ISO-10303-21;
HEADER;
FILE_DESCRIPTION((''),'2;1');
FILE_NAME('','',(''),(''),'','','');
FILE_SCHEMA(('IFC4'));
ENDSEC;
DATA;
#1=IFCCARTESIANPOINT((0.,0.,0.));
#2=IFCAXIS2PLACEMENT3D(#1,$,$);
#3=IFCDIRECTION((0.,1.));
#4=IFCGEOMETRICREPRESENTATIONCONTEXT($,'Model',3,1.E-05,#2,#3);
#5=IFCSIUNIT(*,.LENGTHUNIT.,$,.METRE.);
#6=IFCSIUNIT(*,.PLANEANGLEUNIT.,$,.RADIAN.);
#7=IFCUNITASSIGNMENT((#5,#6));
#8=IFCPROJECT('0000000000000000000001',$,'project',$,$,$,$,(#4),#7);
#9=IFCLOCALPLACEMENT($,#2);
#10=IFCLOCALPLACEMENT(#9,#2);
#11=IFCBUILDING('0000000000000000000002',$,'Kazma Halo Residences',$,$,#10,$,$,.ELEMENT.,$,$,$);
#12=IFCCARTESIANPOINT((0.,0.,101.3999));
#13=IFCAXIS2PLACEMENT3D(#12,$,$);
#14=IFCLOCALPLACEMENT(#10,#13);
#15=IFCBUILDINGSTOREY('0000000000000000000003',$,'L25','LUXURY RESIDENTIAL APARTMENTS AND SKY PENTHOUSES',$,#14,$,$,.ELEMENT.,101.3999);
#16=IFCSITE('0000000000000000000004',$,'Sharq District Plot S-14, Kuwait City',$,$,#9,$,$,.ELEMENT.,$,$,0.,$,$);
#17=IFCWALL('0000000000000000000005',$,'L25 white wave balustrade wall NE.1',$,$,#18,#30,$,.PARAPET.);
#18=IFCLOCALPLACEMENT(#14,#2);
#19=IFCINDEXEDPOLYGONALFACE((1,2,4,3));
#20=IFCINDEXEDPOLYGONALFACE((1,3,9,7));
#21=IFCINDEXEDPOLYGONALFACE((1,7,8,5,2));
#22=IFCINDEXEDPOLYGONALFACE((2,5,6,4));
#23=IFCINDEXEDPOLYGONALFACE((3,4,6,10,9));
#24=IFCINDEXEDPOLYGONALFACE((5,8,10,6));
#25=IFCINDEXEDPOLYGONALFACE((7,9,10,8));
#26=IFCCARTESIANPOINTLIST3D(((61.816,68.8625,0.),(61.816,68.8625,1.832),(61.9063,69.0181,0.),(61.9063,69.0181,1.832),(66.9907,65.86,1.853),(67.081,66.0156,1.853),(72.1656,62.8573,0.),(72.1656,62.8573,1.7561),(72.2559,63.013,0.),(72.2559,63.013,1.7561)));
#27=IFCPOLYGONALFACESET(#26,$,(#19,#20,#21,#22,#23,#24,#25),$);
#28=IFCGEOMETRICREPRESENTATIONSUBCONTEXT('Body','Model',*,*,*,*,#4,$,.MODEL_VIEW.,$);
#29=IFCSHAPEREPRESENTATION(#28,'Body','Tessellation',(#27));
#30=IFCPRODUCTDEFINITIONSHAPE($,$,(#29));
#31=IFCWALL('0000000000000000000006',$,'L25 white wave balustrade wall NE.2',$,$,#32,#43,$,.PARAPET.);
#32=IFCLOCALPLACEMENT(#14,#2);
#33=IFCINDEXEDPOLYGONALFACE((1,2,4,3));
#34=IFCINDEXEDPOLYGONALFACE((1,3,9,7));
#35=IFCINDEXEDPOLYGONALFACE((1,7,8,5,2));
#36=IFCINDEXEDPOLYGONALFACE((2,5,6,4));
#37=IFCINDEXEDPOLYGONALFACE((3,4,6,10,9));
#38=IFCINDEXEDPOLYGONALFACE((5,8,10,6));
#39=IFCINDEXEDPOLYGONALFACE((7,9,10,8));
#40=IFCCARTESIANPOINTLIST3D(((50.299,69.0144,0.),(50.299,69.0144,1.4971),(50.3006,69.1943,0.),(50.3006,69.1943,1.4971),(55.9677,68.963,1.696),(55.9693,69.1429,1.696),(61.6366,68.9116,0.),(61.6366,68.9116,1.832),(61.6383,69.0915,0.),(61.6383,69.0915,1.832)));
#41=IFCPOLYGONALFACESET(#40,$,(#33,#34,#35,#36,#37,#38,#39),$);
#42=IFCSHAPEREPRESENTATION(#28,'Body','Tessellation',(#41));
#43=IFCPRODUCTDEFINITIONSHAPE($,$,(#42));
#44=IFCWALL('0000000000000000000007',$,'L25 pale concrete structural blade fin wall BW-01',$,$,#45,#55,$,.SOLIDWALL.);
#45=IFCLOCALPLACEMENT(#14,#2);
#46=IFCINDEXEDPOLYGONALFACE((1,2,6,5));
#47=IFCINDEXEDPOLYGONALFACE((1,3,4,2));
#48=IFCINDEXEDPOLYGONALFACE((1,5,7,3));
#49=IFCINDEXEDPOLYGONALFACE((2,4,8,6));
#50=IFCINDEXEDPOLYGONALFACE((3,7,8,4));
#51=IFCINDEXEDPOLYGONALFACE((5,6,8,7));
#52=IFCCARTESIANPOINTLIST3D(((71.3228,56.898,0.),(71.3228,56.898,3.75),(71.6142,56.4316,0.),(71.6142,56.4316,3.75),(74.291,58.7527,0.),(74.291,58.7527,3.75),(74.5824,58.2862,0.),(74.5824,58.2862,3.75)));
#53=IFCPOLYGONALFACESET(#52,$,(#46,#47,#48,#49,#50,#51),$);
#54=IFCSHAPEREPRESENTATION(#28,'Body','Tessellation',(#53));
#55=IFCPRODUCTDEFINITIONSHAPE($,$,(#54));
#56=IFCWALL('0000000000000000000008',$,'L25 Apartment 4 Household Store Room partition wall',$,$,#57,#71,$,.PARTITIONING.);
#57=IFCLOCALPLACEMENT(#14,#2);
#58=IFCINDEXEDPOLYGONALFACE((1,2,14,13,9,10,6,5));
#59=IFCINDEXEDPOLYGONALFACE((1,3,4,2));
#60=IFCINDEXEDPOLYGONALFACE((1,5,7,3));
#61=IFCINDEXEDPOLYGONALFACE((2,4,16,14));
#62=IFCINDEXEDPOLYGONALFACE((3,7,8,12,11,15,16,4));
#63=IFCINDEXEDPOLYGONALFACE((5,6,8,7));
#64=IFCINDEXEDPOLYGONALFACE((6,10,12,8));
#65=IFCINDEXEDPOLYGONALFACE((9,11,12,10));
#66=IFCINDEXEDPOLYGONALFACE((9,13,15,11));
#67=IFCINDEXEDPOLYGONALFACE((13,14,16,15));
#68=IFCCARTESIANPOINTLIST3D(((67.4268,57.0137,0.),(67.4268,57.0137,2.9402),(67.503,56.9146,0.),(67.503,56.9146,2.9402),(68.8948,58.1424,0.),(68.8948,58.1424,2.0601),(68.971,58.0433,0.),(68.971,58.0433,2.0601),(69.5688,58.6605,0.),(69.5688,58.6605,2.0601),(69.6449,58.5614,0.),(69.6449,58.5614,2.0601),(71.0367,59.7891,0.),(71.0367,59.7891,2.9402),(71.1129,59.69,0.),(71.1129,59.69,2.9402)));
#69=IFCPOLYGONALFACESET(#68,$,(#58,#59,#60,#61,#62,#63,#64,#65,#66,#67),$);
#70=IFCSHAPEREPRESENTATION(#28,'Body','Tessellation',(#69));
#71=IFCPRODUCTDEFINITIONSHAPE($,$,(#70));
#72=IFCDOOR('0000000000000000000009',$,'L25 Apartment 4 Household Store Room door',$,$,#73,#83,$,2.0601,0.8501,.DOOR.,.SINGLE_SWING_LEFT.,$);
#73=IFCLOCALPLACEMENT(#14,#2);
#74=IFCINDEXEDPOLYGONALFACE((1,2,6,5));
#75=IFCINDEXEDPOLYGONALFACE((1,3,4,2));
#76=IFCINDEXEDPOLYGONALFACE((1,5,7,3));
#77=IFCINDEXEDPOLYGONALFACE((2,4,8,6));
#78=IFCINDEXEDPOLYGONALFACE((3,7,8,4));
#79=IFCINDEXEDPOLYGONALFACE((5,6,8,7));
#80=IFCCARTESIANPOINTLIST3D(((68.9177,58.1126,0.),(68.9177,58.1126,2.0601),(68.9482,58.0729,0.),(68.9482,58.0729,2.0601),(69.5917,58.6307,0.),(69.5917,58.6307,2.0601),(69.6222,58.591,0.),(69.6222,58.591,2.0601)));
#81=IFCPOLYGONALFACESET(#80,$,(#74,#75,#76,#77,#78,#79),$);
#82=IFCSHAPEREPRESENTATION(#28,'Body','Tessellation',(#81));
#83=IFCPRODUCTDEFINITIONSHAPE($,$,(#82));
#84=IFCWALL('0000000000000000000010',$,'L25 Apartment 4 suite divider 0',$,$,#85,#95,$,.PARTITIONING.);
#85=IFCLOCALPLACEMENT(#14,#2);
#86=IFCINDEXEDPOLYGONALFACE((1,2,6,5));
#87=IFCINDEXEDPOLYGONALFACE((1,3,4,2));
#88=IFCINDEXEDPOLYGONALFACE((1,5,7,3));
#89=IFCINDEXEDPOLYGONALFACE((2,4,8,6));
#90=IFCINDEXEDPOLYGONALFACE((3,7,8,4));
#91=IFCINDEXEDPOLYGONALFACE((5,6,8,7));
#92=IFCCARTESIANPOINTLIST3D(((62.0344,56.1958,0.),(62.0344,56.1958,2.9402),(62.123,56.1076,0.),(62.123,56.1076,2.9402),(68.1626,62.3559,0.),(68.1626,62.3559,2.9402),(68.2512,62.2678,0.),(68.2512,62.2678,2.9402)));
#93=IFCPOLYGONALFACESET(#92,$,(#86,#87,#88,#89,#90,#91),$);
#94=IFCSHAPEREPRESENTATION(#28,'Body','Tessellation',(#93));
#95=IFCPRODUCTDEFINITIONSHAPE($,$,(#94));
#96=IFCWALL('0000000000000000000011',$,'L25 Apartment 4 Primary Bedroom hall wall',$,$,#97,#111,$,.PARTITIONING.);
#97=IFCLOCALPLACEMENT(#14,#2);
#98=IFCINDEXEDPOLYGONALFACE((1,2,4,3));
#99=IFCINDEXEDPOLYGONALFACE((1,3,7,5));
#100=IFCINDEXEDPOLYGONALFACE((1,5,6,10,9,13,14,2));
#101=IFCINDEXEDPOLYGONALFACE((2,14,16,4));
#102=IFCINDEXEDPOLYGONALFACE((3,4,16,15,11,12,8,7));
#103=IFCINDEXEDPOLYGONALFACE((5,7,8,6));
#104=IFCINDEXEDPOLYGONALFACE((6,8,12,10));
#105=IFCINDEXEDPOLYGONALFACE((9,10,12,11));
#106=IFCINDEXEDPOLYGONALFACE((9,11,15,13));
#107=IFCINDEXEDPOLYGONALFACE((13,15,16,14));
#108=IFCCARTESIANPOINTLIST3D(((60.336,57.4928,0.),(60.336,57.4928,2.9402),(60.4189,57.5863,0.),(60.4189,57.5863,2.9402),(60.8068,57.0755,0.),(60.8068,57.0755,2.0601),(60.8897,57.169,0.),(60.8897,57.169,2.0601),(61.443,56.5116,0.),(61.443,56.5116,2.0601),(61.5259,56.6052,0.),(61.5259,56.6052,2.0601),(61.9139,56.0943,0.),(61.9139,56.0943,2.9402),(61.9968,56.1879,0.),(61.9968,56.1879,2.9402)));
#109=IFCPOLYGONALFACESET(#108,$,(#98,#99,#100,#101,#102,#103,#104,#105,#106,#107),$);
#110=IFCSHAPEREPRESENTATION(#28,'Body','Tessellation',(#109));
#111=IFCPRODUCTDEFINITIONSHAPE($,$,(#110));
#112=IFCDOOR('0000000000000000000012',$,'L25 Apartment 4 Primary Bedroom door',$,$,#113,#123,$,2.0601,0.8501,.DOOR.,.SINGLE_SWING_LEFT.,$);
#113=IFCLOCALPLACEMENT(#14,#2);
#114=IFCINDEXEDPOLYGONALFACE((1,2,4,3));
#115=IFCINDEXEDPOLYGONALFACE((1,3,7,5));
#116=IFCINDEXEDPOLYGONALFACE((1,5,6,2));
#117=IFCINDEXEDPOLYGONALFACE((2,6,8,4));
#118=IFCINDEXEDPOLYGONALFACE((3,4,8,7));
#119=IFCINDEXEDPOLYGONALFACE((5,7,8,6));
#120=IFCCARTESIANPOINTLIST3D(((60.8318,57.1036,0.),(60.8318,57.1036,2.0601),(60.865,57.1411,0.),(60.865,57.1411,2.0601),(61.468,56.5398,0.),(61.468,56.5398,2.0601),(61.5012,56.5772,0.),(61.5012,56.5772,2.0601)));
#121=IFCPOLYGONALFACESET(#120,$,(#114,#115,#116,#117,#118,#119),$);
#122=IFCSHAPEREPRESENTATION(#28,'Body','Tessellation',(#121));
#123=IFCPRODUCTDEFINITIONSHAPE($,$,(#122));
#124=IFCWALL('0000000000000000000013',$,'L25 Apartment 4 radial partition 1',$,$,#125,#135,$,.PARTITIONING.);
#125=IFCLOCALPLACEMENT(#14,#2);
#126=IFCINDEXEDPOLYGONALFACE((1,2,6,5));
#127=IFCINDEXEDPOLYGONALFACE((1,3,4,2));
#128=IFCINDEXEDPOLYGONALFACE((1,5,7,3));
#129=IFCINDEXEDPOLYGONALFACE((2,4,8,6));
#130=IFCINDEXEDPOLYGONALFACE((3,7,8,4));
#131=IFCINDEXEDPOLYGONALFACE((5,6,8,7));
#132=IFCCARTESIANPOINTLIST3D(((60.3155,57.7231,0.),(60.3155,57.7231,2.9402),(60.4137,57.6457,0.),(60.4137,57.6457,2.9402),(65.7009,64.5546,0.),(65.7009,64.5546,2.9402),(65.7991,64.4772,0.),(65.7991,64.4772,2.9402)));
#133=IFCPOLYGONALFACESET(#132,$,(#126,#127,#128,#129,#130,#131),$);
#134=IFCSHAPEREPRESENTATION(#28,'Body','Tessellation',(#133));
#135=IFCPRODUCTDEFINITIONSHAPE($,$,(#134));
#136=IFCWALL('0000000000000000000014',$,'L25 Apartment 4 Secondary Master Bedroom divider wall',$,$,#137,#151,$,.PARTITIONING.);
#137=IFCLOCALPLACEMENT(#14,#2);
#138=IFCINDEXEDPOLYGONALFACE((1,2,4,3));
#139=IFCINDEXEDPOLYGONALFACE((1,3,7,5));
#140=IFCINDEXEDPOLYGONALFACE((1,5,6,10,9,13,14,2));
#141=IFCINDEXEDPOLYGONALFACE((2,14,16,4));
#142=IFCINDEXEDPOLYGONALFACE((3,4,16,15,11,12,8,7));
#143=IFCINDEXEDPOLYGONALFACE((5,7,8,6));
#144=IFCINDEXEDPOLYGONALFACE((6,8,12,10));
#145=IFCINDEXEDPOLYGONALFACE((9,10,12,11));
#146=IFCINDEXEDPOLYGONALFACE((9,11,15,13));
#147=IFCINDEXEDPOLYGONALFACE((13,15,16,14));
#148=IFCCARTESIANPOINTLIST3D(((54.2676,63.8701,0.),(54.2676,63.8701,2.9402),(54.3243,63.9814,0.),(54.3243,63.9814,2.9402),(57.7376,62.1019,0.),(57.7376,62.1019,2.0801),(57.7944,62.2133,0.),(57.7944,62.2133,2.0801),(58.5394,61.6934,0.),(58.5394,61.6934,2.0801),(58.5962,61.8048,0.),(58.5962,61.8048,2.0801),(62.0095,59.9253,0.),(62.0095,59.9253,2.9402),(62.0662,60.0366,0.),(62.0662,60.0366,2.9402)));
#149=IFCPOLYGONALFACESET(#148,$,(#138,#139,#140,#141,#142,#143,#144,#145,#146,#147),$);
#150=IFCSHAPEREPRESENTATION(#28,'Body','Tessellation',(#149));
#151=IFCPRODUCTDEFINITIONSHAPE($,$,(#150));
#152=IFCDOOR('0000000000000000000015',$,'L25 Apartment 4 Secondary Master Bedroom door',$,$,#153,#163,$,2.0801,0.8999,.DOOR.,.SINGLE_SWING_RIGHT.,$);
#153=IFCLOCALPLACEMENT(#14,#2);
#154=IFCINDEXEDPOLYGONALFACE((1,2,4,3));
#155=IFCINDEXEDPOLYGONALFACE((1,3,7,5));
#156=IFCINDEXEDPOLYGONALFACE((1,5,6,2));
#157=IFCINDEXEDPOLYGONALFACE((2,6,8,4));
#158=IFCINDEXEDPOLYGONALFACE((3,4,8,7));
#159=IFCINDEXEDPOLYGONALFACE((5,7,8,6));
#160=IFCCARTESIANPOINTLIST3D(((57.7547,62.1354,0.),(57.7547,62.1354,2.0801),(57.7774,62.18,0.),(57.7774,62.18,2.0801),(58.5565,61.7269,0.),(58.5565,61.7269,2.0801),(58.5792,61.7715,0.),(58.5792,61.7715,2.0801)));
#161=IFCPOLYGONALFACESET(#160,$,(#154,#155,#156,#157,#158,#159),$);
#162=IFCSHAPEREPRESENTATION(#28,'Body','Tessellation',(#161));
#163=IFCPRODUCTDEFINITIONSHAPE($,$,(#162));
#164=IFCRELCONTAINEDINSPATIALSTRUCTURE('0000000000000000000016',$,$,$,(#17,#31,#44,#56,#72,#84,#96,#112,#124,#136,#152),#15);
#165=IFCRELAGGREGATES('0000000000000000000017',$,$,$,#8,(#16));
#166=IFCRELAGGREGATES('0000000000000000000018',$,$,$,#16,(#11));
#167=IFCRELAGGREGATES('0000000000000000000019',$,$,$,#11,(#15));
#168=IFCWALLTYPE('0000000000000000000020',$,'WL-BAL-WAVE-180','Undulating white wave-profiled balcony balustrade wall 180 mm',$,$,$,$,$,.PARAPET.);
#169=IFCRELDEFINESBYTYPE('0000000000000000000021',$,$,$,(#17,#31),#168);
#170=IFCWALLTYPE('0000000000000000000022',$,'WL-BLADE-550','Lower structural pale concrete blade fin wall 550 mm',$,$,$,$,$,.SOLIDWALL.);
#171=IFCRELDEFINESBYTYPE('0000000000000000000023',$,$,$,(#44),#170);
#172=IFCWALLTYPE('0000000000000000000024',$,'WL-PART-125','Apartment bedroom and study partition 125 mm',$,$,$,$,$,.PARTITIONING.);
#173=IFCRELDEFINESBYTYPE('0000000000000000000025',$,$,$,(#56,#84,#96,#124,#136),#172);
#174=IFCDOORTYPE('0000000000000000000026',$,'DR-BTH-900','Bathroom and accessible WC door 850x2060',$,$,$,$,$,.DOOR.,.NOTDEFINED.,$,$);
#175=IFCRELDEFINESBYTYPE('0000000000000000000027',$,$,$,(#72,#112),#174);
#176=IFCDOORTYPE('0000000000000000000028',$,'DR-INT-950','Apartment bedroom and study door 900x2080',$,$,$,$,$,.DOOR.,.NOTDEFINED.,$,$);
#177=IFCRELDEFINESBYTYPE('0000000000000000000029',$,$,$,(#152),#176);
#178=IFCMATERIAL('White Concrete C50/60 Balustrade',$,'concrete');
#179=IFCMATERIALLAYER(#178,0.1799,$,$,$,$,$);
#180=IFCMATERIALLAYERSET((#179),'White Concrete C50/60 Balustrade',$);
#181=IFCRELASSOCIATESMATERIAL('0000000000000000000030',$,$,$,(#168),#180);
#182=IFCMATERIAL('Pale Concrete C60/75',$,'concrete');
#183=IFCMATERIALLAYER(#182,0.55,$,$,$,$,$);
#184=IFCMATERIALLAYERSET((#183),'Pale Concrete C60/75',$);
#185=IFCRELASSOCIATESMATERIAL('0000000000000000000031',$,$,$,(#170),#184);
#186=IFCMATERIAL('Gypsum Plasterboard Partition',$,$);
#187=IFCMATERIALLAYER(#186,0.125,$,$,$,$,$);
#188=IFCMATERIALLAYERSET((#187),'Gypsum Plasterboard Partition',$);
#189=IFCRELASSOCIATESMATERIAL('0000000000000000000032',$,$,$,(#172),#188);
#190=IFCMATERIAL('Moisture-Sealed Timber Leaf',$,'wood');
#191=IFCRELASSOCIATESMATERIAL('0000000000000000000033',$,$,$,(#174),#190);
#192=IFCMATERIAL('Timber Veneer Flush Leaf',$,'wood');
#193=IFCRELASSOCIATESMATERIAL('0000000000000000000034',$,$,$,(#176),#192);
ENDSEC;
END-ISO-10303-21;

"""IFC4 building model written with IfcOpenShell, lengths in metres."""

from ifc_helpers import new_model, si_unit, direction, frame, frame_2d, origin, place, context, subcontext, project, spatial, polyline, rectangle, outline, extrude, material, layer, layer_set, type_object, element, fill, save


model = new_model("IFC4")

# Units and contexts
model_context = context("Model", 3, precision=1e-05, world=origin(), true_north=direction((0.0, 1.0)))
body_context = subcontext(model_context, "Body", "Model", "MODEL_VIEW")
ifc_project = project(units=[si_unit("LENGTHUNIT", "METRE"), si_unit("PLANEANGLEUNIT", "RADIAN")], contexts=[model_context])

# Site, building, storey
site_placement = place(None, origin())
site = spatial("IfcSite", under=ifc_project, at=site_placement, Name="Sharq District Plot S-14, Kuwait City", CompositionType="ELEMENT", RefElevation=0.0)
building_placement = place(site_placement, origin())
building = spatial("IfcBuilding", under=site, at=building_placement, Name="Kazma Halo Residences", CompositionType="ELEMENT")
storey_placement = place(building_placement, frame((0.0, 0.0, 101.3999)))
storey = spatial("IfcBuildingStorey", under=building, at=storey_placement, Name="L25", Description="LUXURY RESIDENTIAL APARTMENTS AND SKY PENTHOUSES", CompositionType="ELEMENT", Elevation=101.3999)

# Walls
ifc_material_1 = material(Name="White Concrete C50/60 Balustrade", Category="concrete")
ifc_layer_1 = layer(ifc_material_1, 0.1799)
ifc_layer_set_1 = layer_set([ifc_layer_1], Name="White Concrete C50/60 Balustrade")
wall_type_1 = type_object("IfcWallType", Name="WL-BAL-WAVE-180", Description="Undulating white wave-profiled balcony balustrade wall 180 mm", PredefinedType="PARAPET", material=ifc_layer_set_1)
wall_1_placement = place(storey_placement, frame((72.2107, 62.9351, 0.0), z_axis=(0.0, 0.0, 1.0), x_axis=(-0.864946, 0.501865, 0.0)))
element("IfcWall", 1, at=wall_1_placement, inside=storey, type_object=wall_type_1, Name="L25 white wave balustrade wall NE.1", PredefinedType="PARAPET", context=body_context, shape_type="SweptSolid", body=[
    extrude(outline(polyline([(0.0, 0.0), (11.9656, 0.0), (11.9656, 1.832), (5.9829, 1.853), (0.0, 1.7561), (0.0, 0.0)])), frame((0.0, 0.0898, 0.0), z_axis=(0.0, -1.0, 0.0), x_axis=(1.0, 0.0, 0.0)), (0.0, 0.0, 1.0), 0.1799),
])
wall_2_placement = place(storey_placement, frame((61.6375, 69.0015, 0.0), z_axis=(0.0, 0.0, 1.0), x_axis=(-0.999959, 0.009065, 0.0)))
element("IfcWall", 2, at=wall_2_placement, inside=storey, type_object=wall_type_1, Name="L25 white wave balustrade wall NE.2", PredefinedType="PARAPET", context=body_context, shape_type="SweptSolid", body=[
    extrude(outline(polyline([(0.0, 0.0), (11.3381, 0.0), (11.3381, 1.4971), (5.6692, 1.696), (0.0, 1.832), (0.0, 0.0)])), frame((0.0, 0.0898, 0.0), z_axis=(0.0, -1.0, 0.0), x_axis=(1.0, 0.0, 0.0)), (0.0, 0.0, 1.0), 0.1799),
])
ifc_material_2 = material(Name="Pale Concrete C60/75", Category="concrete")
ifc_layer_2 = layer(ifc_material_2, 0.55)
ifc_layer_set_2 = layer_set([ifc_layer_2], Name="Pale Concrete C60/75")
wall_type_2 = type_object("IfcWallType", Name="WL-BLADE-550", Description="Lower structural pale concrete blade fin wall 550 mm", PredefinedType="SOLIDWALL", material=ifc_layer_set_2)
wall_3_placement = place(storey_placement, frame((71.4685, 56.6648, 0.0), z_axis=(0.0, 0.0, 1.0), x_axis=(0.848053, 0.529911, 0.0)))
element("IfcWall", 3, at=wall_3_placement, inside=storey, type_object=wall_type_2, Name="L25 pale concrete structural blade fin wall BW-01", PredefinedType="SOLIDWALL", context=body_context, shape_type="SweptSolid", body=[
    extrude(rectangle(XDim=3.5, YDim=0.55, at=frame_2d((1.75, 0.0))), origin(), (0.0, 0.0, 1.0), 3.75),
])

# Wall, opening, door
ifc_material_3 = material(Name="Gypsum Plasterboard Partition")
ifc_layer_3 = layer(ifc_material_3, 0.125)
ifc_layer_set_3 = layer_set([ifc_layer_3], Name="Gypsum Plasterboard Partition")
wall_type_3 = type_object("IfcWallType", Name="WL-PART-125", Description="Apartment bedroom and study partition 125 mm", PredefinedType="PARTITIONING", material=ifc_layer_set_3)
wall_4_placement = place(storey_placement, frame((67.4648, 56.9641, 0.0), z_axis=(0.0, 0.0, 1.0), x_axis=(0.792775, 0.609514, 0.0)))
wall_4 = element("IfcWall", 4, at=wall_4_placement, inside=storey, type_object=wall_type_3, Name="L25 Apartment 4 Household Store Room partition wall", PredefinedType="PARTITIONING", context=body_context, shape_type="SweptSolid", body=[
    extrude(rectangle(XDim=4.5535, YDim=0.125, at=frame_2d((2.2769, 0.0))), origin(), (0.0, 0.0, 1.0), 2.9402),
])
opening_1_placement = place(wall_4_placement, frame((1.8518, 0.0, 0.0)))
opening_1 = element("IfcOpeningElement", 5, at=opening_1_placement, cuts=wall_4, PredefinedType="OPENING", context=body_context, shape_type="SweptSolid", body=[
    extrude(rectangle(XDim=0.8501, YDim=2.0601, at=frame_2d((0.425, 1.03))), frame((0.0, 0.0725, 0.0), z_axis=(0.0, -1.0, 0.0), x_axis=(1.0, 0.0, 0.0)), (0.0, 0.0, 1.0), 0.145),
])
ifc_material_4 = material(Name="Moisture-Sealed Timber Leaf", Category="wood")
door_type_1 = type_object("IfcDoorType", Name="DR-BTH-900", Description="Bathroom and accessible WC door 850x2060", OperationType="NOTDEFINED", PredefinedType="DOOR", material=ifc_material_4)
door_1_placement = place(opening_1_placement, origin())
door_1 = element("IfcDoor", 6, at=door_1_placement, inside=storey, type_object=door_type_1, Name="L25 Apartment 4 Household Store Room door", OperationType="SINGLE_SWING_LEFT", OverallHeight=2.0601, OverallWidth=0.8501, PredefinedType="DOOR", context=body_context, shape_type="SweptSolid", body=[
    extrude(rectangle(XDim=0.8501, YDim=2.0601, at=frame_2d((0.425, 1.03))), frame((0.0, 0.0249, 0.0), z_axis=(0.0, -1.0, 0.0), x_axis=(1.0, 0.0, 0.0)), (0.0, 0.0, 1.0), 0.05),
])
fill(opening_1, door_1)

# Wall
wall_5_placement = place(storey_placement, frame((62.0786, 56.1516, 0.0), z_axis=(0.0, 0.0, 1.0), x_axis=(0.705264, 0.708945, 0.0)))
element("IfcWall", 7, at=wall_5_placement, inside=storey, type_object=wall_type_3, Name="L25 Apartment 4 suite divider 0", PredefinedType="PARTITIONING", context=body_context, shape_type="SweptSolid", body=[
    extrude(rectangle(XDim=8.6892, YDim=0.125, at=frame_2d((4.3447, 0.0))), origin(), (0.0, 0.0, 1.0), 2.9402),
])

# Wall, opening, door
wall_6_placement = place(storey_placement, frame((61.9553, 56.1411, 0.0), z_axis=(0.0, 0.0, 1.0), x_axis=(-0.74838, 0.663271, 0.0)))
wall_6 = element("IfcWall", 8, at=wall_6_placement, inside=storey, type_object=wall_type_3, Name="L25 Apartment 4 Primary Bedroom hall wall", PredefinedType="PARTITIONING", context=body_context, shape_type="SweptSolid", body=[
    extrude(rectangle(XDim=2.1084, YDim=0.125, at=frame_2d((1.0542, 0.0))), origin(), (0.0, 0.0, 1.0), 2.9402),
])
opening_2_placement = place(wall_6_placement, frame((0.6292, 0.0, 0.0)))
opening_2 = element("IfcOpeningElement", 9, at=opening_2_placement, cuts=wall_6, PredefinedType="OPENING", context=body_context, shape_type="SweptSolid", body=[
    extrude(rectangle(XDim=0.8501, YDim=2.0601, at=frame_2d((0.425, 1.03))), frame((0.0, 0.0725, 0.0), z_axis=(0.0, -1.0, 0.0), x_axis=(1.0, 0.0, 0.0)), (0.0, 0.0, 1.0), 0.145),
])
door_2_placement = place(opening_2_placement, origin())
door_2 = element("IfcDoor", 10, at=door_2_placement, inside=storey, type_object=door_type_1, Name="L25 Apartment 4 Primary Bedroom door", OperationType="SINGLE_SWING_LEFT", OverallHeight=2.0601, OverallWidth=0.8501, PredefinedType="DOOR", context=body_context, shape_type="SweptSolid", body=[
    extrude(rectangle(XDim=0.8501, YDim=2.0601, at=frame_2d((0.425, 1.03))), frame((0.0, 0.0249, 0.0), z_axis=(0.0, -1.0, 0.0), x_axis=(1.0, 0.0, 0.0)), (0.0, 0.0, 1.0), 0.05),
])
fill(opening_2, door_2)

# Wall
wall_7_placement = place(storey_placement, frame((60.3645, 57.6843, 0.0), z_axis=(0.0, 0.0, 1.0), x_axis=(0.61909, 0.78532, 0.0)))
element("IfcWall", 11, at=wall_7_placement, inside=storey, type_object=wall_type_3, Name="L25 Apartment 4 radial partition 1", PredefinedType="PARTITIONING", context=body_context, shape_type="SweptSolid", body=[
    extrude(rectangle(XDim=8.699, YDim=0.125, at=frame_2d((4.3496, 0.0))), origin(), (0.0, 0.0, 1.0), 2.9402),
])

# Wall, opening, door
wall_8_placement = place(storey_placement, frame((62.0378, 59.981, 0.0), z_axis=(0.0, 0.0, 1.0), x_axis=(-0.891002, 0.454, 0.0)))
wall_8 = element("IfcWall", 12, at=wall_8_placement, inside=storey, type_object=wall_type_3, Name="L25 Apartment 4 Secondary Master Bedroom divider wall", PredefinedType="PARTITIONING", context=body_context, shape_type="SweptSolid", body=[
    extrude(rectangle(XDim=8.689, YDim=0.125, at=frame_2d((4.3445, 0.0))), origin(), (0.0, 0.0, 1.0), 2.9402),
])
opening_3_placement = place(wall_8_placement, frame((3.8945, 0.0, 0.0)))
opening_3 = element("IfcOpeningElement", 13, at=opening_3_placement, cuts=wall_8, PredefinedType="OPENING", context=body_context, shape_type="SweptSolid", body=[
    extrude(rectangle(XDim=0.8999, YDim=2.0801, at=frame_2d((0.45, 1.04))), frame((0.0, 0.0725, 0.0), z_axis=(0.0, -1.0, 0.0), x_axis=(1.0, 0.0, 0.0)), (0.0, 0.0, 1.0), 0.145),
])
ifc_material_5 = material(Name="Timber Veneer Flush Leaf", Category="wood")
door_type_2 = type_object("IfcDoorType", Name="DR-INT-950", Description="Apartment bedroom and study door 900x2080", OperationType="NOTDEFINED", PredefinedType="DOOR", material=ifc_material_5)
door_3_placement = place(opening_3_placement, origin())
door_3 = element("IfcDoor", 14, at=door_3_placement, inside=storey, type_object=door_type_2, Name="L25 Apartment 4 Secondary Master Bedroom door", OperationType="SINGLE_SWING_RIGHT", OverallHeight=2.0801, OverallWidth=0.8999, PredefinedType="DOOR", context=body_context, shape_type="SweptSolid", body=[
    extrude(rectangle(XDim=0.8999, YDim=2.0801, at=frame_2d((0.45, 1.04))), frame((0.0, 0.0249, 0.0), z_axis=(0.0, -1.0, 0.0), x_axis=(1.0, 0.0, 0.0)), (0.0, 0.0, 1.0), 0.05),
])
fill(opening_3, door_3)

save(model, "model.ifc")
